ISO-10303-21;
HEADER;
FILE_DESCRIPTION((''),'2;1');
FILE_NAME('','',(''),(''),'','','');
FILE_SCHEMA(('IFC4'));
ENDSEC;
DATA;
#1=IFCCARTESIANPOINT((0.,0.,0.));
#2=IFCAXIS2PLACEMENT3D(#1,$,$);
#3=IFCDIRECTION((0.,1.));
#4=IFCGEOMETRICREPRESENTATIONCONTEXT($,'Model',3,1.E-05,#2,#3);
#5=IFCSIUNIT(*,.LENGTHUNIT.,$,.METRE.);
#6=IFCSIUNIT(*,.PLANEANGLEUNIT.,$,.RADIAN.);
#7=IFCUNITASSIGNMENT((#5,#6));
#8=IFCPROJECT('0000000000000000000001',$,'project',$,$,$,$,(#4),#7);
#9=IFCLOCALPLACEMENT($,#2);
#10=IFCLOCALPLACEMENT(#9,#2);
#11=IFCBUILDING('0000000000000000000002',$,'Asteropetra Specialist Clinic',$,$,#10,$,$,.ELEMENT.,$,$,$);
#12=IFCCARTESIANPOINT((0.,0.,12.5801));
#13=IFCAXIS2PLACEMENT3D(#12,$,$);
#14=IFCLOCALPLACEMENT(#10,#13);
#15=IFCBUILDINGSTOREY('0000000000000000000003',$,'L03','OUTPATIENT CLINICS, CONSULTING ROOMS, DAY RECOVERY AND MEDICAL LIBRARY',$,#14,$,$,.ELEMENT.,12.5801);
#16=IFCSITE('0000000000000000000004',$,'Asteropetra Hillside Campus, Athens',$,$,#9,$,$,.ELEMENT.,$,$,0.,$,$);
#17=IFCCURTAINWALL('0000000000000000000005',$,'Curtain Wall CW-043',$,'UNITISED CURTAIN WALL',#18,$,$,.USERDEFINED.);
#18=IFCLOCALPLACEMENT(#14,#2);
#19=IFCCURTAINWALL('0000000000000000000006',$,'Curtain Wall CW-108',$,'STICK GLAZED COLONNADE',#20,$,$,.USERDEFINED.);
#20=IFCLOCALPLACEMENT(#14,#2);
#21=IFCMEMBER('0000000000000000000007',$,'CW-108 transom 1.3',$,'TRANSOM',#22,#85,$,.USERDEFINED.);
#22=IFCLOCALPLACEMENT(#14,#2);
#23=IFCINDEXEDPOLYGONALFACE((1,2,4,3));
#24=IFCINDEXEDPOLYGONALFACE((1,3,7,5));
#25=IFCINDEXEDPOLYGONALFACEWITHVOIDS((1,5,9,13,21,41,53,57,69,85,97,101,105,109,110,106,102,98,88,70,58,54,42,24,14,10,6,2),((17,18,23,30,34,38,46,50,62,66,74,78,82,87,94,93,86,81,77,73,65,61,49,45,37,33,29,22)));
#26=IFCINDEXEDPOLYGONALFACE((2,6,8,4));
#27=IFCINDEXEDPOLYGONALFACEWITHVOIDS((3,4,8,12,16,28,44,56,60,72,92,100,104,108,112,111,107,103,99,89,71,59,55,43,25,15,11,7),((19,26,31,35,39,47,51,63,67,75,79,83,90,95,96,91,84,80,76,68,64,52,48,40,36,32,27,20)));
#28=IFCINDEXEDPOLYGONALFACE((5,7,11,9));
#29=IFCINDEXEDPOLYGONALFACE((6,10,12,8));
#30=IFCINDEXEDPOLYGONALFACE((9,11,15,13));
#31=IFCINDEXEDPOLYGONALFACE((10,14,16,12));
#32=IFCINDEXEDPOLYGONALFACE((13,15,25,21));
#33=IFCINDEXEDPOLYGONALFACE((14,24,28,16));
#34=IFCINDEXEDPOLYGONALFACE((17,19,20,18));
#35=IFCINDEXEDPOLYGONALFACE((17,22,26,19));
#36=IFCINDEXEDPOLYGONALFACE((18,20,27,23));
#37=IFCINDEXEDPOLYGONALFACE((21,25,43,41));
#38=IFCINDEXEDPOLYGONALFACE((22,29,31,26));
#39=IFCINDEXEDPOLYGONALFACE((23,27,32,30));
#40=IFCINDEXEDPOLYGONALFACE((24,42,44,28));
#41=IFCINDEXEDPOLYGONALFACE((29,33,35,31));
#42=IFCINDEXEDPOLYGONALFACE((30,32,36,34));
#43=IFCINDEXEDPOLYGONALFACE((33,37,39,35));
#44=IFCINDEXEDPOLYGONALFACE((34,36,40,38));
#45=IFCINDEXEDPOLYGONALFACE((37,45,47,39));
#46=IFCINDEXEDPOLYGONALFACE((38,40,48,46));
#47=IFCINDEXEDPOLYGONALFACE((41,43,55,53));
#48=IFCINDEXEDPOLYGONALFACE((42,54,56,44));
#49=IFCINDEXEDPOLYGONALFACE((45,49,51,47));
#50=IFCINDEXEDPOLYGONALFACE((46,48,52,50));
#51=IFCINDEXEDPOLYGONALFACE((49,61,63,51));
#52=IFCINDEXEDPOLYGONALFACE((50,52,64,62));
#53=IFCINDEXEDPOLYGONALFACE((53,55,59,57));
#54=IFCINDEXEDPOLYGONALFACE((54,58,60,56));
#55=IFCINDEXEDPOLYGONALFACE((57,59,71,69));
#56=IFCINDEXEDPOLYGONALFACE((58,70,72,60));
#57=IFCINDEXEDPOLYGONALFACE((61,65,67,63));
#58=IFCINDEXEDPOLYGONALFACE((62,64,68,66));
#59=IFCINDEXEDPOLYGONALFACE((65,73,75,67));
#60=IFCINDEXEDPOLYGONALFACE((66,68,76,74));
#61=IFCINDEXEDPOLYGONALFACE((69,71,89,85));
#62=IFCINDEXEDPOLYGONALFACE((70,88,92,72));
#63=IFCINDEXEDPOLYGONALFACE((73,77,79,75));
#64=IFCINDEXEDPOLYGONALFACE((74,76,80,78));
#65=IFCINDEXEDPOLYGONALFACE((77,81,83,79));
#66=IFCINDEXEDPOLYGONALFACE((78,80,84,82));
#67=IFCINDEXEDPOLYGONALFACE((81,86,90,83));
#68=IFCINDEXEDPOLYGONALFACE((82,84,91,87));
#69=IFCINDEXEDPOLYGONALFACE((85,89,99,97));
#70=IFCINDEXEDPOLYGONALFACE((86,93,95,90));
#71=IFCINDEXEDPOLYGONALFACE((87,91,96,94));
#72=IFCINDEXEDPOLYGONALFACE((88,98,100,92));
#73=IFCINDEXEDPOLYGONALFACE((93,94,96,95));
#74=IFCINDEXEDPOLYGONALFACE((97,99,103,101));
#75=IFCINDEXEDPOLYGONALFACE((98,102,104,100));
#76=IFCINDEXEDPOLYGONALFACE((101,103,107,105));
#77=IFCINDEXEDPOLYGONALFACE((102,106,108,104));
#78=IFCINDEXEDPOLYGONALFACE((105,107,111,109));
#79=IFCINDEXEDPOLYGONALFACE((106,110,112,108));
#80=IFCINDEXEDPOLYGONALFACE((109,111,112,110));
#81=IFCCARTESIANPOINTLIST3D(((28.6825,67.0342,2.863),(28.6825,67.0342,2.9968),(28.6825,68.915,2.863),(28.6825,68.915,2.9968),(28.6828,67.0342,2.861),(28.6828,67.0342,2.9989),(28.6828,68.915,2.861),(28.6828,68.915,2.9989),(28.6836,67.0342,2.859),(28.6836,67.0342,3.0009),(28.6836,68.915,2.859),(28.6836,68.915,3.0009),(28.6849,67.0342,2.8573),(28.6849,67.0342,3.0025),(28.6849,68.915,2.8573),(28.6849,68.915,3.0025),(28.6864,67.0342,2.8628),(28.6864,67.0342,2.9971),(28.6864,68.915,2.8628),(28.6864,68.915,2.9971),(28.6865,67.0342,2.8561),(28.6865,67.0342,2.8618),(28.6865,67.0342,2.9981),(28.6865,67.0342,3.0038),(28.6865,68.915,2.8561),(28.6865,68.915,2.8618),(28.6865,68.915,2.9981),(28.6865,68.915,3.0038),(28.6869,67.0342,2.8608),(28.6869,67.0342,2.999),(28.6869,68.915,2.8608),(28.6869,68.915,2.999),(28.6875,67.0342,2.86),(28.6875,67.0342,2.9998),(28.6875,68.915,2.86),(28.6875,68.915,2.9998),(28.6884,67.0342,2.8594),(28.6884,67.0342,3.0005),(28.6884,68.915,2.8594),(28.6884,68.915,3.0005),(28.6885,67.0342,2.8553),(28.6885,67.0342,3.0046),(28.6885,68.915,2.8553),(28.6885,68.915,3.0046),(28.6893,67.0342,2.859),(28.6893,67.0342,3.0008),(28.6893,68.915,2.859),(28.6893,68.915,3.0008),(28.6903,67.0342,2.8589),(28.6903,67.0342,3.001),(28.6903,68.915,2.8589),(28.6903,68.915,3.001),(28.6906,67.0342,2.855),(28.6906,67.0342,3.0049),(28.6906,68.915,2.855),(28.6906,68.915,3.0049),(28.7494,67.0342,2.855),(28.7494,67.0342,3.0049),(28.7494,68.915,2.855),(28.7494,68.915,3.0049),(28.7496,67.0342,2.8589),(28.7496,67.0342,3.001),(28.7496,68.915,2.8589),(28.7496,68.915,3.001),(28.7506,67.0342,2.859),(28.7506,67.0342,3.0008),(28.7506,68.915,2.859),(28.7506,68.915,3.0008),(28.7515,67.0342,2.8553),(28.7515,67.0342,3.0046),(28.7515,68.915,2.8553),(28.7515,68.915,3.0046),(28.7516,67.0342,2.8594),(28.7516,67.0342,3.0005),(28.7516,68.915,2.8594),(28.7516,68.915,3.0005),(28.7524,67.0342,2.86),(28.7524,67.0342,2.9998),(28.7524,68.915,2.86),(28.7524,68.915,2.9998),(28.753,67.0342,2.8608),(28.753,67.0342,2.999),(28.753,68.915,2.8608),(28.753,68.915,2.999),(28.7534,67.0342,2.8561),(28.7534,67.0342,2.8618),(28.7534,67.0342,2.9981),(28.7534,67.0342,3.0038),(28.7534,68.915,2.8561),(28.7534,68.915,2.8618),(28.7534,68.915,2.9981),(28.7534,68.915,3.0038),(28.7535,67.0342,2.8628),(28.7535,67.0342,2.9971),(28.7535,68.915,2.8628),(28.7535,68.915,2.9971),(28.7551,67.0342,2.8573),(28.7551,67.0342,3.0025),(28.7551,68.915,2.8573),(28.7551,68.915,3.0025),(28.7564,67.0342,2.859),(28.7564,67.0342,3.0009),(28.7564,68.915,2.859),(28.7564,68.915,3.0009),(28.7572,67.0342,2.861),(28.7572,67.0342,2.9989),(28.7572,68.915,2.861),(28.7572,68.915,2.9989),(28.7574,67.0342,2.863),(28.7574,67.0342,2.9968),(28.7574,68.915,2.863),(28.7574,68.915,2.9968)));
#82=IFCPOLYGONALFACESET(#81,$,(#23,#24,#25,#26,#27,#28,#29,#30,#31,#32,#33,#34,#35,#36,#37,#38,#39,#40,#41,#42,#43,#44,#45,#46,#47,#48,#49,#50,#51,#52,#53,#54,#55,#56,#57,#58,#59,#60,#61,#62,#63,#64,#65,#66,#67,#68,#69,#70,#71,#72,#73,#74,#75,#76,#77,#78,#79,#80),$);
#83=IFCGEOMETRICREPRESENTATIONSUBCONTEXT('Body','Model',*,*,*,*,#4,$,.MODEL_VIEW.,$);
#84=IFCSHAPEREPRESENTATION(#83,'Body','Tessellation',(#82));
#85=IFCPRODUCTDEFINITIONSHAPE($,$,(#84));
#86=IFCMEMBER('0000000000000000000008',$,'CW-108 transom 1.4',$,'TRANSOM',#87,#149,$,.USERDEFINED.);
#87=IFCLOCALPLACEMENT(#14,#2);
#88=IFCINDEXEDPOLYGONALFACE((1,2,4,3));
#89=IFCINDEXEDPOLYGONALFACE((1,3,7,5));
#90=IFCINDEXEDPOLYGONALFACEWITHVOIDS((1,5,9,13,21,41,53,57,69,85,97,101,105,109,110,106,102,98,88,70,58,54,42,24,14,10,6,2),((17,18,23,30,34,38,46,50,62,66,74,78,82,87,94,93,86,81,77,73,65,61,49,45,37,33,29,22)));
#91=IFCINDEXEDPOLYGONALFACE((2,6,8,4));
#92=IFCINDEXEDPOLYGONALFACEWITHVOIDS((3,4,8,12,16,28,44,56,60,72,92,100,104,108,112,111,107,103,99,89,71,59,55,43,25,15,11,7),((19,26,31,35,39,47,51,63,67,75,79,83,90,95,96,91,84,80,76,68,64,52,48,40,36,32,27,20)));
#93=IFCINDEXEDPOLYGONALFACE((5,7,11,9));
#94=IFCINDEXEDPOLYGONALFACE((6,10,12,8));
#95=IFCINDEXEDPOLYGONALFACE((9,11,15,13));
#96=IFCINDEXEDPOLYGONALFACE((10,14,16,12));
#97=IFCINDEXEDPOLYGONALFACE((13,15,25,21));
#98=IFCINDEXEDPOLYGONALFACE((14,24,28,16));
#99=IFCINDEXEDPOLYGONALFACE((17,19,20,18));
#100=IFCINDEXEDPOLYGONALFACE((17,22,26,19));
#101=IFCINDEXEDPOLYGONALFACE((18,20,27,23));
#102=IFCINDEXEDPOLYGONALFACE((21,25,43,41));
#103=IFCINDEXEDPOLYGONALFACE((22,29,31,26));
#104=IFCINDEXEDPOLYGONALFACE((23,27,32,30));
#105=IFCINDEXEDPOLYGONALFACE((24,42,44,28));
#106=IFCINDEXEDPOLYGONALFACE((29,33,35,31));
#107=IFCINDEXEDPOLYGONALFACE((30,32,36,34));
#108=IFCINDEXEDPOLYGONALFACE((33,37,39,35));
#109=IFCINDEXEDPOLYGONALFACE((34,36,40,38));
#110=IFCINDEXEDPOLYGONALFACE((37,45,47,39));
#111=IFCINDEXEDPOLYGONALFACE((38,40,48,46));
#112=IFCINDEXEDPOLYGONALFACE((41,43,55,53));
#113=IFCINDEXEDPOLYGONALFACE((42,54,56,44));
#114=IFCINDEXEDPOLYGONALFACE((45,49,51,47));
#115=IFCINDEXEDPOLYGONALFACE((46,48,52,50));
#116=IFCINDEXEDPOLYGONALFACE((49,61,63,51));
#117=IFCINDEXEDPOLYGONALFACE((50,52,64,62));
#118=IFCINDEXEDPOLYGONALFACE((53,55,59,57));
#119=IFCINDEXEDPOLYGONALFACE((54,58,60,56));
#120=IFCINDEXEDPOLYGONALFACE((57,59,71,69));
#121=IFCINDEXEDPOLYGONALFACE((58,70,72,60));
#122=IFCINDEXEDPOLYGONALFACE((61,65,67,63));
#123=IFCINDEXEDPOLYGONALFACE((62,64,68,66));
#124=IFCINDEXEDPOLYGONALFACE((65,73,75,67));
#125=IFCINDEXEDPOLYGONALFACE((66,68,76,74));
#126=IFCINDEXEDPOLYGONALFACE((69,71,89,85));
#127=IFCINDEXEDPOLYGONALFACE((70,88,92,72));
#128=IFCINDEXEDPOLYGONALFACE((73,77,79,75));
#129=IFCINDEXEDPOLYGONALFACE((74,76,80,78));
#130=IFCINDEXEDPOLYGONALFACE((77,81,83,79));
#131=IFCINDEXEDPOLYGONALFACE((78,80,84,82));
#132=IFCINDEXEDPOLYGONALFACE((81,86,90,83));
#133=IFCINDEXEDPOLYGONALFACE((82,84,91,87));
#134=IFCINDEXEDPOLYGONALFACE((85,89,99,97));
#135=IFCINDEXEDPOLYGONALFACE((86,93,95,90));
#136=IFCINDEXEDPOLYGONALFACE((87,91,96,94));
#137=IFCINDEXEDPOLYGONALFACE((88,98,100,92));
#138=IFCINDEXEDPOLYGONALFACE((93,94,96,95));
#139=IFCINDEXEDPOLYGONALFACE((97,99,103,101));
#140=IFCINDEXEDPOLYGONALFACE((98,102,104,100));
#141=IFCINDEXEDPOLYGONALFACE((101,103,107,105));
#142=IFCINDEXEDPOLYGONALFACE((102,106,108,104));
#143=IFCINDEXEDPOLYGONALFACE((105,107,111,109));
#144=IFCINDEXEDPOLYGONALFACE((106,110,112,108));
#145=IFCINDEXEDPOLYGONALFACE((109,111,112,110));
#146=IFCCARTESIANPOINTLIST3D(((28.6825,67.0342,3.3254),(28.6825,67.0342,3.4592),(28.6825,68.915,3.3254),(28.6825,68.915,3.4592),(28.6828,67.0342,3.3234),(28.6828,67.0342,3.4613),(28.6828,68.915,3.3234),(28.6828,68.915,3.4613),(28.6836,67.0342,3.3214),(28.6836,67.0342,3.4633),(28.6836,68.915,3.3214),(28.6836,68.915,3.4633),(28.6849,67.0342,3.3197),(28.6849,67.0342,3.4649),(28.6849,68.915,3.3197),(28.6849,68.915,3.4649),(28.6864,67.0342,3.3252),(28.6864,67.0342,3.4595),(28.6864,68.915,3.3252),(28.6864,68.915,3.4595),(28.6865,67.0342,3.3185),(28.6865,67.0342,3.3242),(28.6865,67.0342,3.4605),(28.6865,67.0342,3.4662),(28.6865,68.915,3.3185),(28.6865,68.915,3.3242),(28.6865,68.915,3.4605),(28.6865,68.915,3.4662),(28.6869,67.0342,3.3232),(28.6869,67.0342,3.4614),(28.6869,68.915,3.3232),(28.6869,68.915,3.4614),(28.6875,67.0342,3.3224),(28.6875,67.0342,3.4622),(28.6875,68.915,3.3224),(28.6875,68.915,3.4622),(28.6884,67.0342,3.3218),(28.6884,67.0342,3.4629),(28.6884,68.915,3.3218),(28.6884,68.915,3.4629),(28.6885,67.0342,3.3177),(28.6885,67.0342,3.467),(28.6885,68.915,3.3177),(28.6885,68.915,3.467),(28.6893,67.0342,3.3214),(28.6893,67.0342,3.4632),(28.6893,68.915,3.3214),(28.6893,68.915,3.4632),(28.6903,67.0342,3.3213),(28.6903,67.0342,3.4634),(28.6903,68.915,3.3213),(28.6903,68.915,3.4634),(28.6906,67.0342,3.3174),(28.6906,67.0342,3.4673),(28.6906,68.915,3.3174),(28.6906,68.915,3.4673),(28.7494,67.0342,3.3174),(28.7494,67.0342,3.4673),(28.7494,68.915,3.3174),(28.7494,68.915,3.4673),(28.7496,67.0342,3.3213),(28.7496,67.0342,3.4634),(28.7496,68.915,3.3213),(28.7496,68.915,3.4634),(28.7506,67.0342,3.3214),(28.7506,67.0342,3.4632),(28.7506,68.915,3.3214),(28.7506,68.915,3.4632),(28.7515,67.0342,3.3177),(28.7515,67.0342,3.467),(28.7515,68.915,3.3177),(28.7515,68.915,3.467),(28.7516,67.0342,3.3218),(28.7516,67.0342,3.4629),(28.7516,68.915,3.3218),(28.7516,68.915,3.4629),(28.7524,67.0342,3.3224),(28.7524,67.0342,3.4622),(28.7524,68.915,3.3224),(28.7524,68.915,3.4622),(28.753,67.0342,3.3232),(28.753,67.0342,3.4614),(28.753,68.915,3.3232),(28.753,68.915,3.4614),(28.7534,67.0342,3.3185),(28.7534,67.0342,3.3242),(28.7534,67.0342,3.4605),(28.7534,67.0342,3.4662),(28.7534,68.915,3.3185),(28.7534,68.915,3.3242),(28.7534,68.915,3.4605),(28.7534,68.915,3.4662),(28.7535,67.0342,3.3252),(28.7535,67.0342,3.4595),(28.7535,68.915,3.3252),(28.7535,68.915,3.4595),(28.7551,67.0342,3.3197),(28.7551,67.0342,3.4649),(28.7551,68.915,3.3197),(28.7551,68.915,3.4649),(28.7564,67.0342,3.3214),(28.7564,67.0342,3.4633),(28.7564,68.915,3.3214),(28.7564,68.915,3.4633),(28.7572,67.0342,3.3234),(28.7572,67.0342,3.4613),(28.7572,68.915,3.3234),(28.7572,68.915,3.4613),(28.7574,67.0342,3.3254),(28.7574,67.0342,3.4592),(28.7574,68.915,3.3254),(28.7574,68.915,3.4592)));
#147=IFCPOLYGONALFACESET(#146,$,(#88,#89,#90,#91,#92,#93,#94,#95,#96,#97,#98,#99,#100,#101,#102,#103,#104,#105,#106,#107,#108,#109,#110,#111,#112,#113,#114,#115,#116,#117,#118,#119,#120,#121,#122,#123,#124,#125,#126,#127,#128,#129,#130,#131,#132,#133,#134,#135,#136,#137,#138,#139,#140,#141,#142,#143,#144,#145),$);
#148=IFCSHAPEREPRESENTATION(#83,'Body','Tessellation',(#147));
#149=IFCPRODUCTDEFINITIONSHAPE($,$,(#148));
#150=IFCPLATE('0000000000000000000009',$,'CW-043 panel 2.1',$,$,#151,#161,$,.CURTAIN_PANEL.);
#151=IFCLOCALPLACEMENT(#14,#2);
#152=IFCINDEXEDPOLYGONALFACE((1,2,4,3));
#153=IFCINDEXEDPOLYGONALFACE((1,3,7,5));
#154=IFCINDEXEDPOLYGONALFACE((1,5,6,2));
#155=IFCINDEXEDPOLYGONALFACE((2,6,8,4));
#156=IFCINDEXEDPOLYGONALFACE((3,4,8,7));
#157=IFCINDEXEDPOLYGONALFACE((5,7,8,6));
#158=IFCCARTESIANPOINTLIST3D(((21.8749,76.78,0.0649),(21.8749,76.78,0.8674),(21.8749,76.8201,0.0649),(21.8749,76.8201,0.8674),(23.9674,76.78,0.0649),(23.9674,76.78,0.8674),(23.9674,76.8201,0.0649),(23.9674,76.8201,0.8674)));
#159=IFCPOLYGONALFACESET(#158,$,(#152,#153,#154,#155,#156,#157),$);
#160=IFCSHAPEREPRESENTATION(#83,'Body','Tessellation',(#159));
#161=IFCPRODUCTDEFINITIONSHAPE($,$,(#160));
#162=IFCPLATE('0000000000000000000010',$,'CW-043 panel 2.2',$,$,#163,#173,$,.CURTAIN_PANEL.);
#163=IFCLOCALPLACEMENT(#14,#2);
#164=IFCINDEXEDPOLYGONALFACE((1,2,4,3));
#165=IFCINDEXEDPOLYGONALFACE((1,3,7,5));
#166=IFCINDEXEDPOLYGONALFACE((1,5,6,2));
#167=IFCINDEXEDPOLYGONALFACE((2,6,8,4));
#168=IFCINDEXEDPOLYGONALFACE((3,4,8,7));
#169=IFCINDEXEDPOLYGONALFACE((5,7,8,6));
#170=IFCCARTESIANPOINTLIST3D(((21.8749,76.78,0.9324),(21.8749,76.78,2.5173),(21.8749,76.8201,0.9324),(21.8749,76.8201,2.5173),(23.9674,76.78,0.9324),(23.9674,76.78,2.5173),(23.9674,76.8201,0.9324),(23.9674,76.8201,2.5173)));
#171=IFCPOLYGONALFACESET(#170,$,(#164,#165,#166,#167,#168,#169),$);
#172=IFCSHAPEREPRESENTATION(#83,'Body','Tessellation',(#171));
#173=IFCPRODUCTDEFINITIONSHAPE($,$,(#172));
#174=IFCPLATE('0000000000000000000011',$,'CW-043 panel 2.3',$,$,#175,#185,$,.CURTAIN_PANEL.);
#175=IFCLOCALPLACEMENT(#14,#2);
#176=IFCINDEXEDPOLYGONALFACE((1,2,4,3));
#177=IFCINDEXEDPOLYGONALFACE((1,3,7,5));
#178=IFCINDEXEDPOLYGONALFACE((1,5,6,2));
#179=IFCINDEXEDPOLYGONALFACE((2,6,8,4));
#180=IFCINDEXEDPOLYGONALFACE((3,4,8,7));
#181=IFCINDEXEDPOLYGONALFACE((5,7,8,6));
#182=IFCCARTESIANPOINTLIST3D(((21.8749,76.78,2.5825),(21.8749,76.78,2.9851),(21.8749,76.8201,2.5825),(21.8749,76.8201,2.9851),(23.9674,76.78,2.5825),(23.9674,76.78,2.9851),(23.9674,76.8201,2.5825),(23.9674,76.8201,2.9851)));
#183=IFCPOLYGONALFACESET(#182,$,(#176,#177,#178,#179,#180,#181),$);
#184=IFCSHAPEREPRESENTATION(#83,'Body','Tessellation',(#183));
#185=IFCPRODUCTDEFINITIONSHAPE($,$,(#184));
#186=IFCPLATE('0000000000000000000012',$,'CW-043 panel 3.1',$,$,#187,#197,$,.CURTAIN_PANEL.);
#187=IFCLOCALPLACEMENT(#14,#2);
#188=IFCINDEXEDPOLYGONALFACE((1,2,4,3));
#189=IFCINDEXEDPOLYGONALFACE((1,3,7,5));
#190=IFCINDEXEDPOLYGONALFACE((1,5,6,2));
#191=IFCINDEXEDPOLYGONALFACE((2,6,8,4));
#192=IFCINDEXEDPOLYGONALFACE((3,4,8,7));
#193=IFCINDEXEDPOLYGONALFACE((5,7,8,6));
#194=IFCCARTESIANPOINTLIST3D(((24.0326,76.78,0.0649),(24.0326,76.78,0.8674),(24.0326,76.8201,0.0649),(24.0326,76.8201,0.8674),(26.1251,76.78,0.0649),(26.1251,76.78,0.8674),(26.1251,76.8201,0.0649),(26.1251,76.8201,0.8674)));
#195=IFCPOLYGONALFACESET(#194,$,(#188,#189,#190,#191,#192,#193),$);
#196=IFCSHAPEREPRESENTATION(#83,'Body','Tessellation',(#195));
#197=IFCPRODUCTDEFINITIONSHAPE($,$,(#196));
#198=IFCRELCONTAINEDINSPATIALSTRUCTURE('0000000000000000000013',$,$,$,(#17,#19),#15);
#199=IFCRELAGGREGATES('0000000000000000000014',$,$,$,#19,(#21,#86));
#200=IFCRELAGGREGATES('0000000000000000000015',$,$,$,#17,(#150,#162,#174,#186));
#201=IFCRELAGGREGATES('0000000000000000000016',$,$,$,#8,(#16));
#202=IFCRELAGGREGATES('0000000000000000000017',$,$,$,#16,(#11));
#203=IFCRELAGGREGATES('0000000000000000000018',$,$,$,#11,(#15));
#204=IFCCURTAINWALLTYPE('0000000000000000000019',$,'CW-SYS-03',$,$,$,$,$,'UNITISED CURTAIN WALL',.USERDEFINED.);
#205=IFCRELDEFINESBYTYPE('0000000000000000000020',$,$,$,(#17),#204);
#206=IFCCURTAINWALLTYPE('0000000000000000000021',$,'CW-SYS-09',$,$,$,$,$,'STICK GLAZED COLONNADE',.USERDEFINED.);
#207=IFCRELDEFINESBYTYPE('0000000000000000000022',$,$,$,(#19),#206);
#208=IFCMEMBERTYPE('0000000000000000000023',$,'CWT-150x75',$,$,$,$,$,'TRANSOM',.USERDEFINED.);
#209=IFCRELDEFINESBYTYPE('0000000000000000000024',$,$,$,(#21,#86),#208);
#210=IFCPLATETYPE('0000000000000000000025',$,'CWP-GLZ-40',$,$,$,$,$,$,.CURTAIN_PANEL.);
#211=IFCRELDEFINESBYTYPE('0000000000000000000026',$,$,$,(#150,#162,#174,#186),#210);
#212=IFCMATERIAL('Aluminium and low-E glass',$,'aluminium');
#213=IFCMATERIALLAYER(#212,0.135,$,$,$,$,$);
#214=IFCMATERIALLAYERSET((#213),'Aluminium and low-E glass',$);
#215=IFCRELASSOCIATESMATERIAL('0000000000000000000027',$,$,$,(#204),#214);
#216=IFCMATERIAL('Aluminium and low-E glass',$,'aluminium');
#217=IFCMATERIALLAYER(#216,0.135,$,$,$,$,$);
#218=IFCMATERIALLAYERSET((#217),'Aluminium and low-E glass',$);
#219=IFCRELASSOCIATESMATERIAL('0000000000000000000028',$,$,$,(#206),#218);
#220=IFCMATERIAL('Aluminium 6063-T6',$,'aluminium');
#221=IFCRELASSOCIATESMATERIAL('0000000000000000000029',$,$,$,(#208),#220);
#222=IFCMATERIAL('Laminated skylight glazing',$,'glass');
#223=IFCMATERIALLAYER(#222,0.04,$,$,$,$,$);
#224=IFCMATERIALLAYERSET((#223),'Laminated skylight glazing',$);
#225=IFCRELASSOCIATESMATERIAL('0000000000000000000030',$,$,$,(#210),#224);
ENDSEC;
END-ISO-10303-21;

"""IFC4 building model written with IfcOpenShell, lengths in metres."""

from ifc_helpers import new_model, si_unit, direction, frame, origin, origin_2d, place, context, subcontext, project, spatial, rectangle, hollow_rectangle, extrude, material, layer, layer_set, material_profile, profile_set, type_object, element, aggregate, save


model = new_model("IFC4")

# Units and contexts
model_context = context("Model", 3, precision=1e-05, world=origin(), true_north=direction((0.0, 1.0)))
body_context = subcontext(model_context, "Body", "Model", "MODEL_VIEW")
ifc_project = project(units=[si_unit("LENGTHUNIT", "METRE"), si_unit("PLANEANGLEUNIT", "RADIAN")], contexts=[model_context])

# Site, building, storey
site_placement = place(None, origin())
site = spatial("IfcSite", under=ifc_project, at=site_placement, Name="Asteropetra Hillside Campus, Athens", CompositionType="ELEMENT", RefElevation=0.0)
building_placement = place(site_placement, origin())
building = spatial("IfcBuilding", under=site, at=building_placement, Name="Asteropetra Specialist Clinic", CompositionType="ELEMENT")
storey_placement = place(building_placement, frame((0.0, 0.0, 12.5801)))
storey = spatial("IfcBuildingStorey", under=building, at=storey_placement, Name="L03", Description="OUTPATIENT CLINICS, CONSULTING ROOMS, DAY RECOVERY AND MEDICAL LIBRARY", CompositionType="ELEMENT", Elevation=12.5801)

# Curtain wall
ifc_material_1 = material(Name="Aluminium and low-E glass", Category="aluminium")
ifc_layer_1 = layer(ifc_material_1, 0.135)
ifc_layer_set_1 = layer_set([ifc_layer_1], Name="Aluminium and low-E glass")
curtain_wall_type_1 = type_object("IfcCurtainWallType", Name="CW-SYS-03", ElementType="UNITISED CURTAIN WALL", PredefinedType="USERDEFINED", material=ifc_layer_set_1)
curtain_wall_1_placement = place(storey_placement, origin())
curtain_wall_1 = element("IfcCurtainWall", 1, at=curtain_wall_1_placement, inside=storey, type_object=curtain_wall_type_1, Name="Curtain Wall CW-043", ObjectType="UNITISED CURTAIN WALL", PredefinedType="USERDEFINED")

# Curtain wall
ifc_material_2 = material(Name="Aluminium and low-E glass", Category="aluminium")
ifc_layer_2 = layer(ifc_material_2, 0.135)
ifc_layer_set_2 = layer_set([ifc_layer_2], Name="Aluminium and low-E glass")
curtain_wall_type_2 = type_object("IfcCurtainWallType", Name="CW-SYS-09", ElementType="STICK GLAZED COLONNADE", PredefinedType="USERDEFINED", material=ifc_layer_set_2)
curtain_wall_2_placement = place(storey_placement, origin())
curtain_wall_2 = element("IfcCurtainWall", 2, at=curtain_wall_2_placement, inside=storey, type_object=curtain_wall_type_2, Name="Curtain Wall CW-108", ObjectType="STICK GLAZED COLONNADE", PredefinedType="USERDEFINED")

# Members
ifc_material_3 = material(Name="Aluminium 6063-T6", Category="aluminium")
ifc_material_profile_1 = material_profile(ifc_material_3, hollow_rectangle(XDim=0.075, YDim=0.1499, WallThickness=0.0039, InnerFilletRadius=0.0039, OuterFilletRadius=0.0081, at=origin_2d()), Name="TRN 150x75x4.0")
ifc_profile_set_1 = profile_set([ifc_material_profile_1], Name="Aluminium 6063-T6")
member_type_1 = type_object("IfcMemberType", Name="CWT-150x75", ElementType="TRANSOM", PredefinedType="USERDEFINED", material=ifc_profile_set_1)
member_1_placement = place(storey_placement, frame((28.72, 68.915, 2.9299), z_axis=(0.0, -1.0, 0.0), x_axis=(1.0, 0.0, 0.0)))
member_1 = element("IfcMember", 3, at=member_1_placement, type_object=member_type_1, Name="CW-108 transom 1.3", ObjectType="TRANSOM", PredefinedType="USERDEFINED", context=body_context, shape_type="SweptSolid", body=[
    extrude(hollow_rectangle(XDim=0.075, YDim=0.1499, WallThickness=0.0039, InnerFilletRadius=0.0039, OuterFilletRadius=0.0081, at=origin_2d()), origin(), (0.0, 0.0, 1.0), 1.8809),
])
member_2_placement = place(storey_placement, frame((28.72, 68.915, 3.3923), z_axis=(0.0, -1.0, 0.0), x_axis=(1.0, 0.0, 0.0)))
member_2 = element("IfcMember", 4, at=member_2_placement, type_object=member_type_1, Name="CW-108 transom 1.4", ObjectType="TRANSOM", PredefinedType="USERDEFINED", context=body_context, shape_type="SweptSolid", body=[
    extrude(hollow_rectangle(XDim=0.075, YDim=0.1499, WallThickness=0.0039, InnerFilletRadius=0.0039, OuterFilletRadius=0.0081, at=origin_2d()), origin(), (0.0, 0.0, 1.0), 1.8809),
])
aggregate(curtain_wall_2, [member_1, member_2])

# Plates
ifc_material_4 = material(Name="Laminated skylight glazing", Category="glass")
ifc_layer_3 = layer(ifc_material_4, 0.04)
ifc_layer_set_3 = layer_set([ifc_layer_3], Name="Laminated skylight glazing")
plate_type = type_object("IfcPlateType", Name="CWP-GLZ-40", PredefinedType="CURTAIN_PANEL", material=ifc_layer_set_3)
plate_1_placement = place(storey_placement, frame((22.9211, 76.8, 0.0649), z_axis=(0.0, 0.0, 1.0), x_axis=(1.0, 0.0, 0.0)))
plate_1 = element("IfcPlate", 5, at=plate_1_placement, type_object=plate_type, Name="CW-043 panel 2.1", PredefinedType="CURTAIN_PANEL", context=body_context, shape_type="SweptSolid", body=[
    extrude(rectangle(XDim=2.0925, YDim=0.04, at=origin_2d()), origin(), (0.0, 0.0, 1.0), 0.8025),
])
plate_2_placement = place(storey_placement, frame((22.9211, 76.8, 0.9324), z_axis=(0.0, 0.0, 1.0), x_axis=(1.0, 0.0, 0.0)))
plate_2 = element("IfcPlate", 6, at=plate_2_placement, type_object=plate_type, Name="CW-043 panel 2.2", PredefinedType="CURTAIN_PANEL", context=body_context, shape_type="SweptSolid", body=[
    extrude(rectangle(XDim=2.0925, YDim=0.04, at=origin_2d()), origin(), (0.0, 0.0, 1.0), 1.585),
])
plate_3_placement = place(storey_placement, frame((22.9211, 76.8, 2.5825), z_axis=(0.0, 0.0, 1.0), x_axis=(1.0, 0.0, 0.0)))
plate_3 = element("IfcPlate", 7, at=plate_3_placement, type_object=plate_type, Name="CW-043 panel 2.3", PredefinedType="CURTAIN_PANEL", context=body_context, shape_type="SweptSolid", body=[
    extrude(rectangle(XDim=2.0925, YDim=0.04, at=origin_2d()), origin(), (0.0, 0.0, 1.0), 0.4026),
])
plate_4_placement = place(storey_placement, frame((25.0789, 76.8, 0.0649), z_axis=(0.0, 0.0, 1.0), x_axis=(1.0, 0.0, 0.0)))
plate_4 = element("IfcPlate", 8, at=plate_4_placement, type_object=plate_type, Name="CW-043 panel 3.1", PredefinedType="CURTAIN_PANEL", context=body_context, shape_type="SweptSolid", body=[
    extrude(rectangle(XDim=2.0925, YDim=0.04, at=origin_2d()), origin(), (0.0, 0.0, 1.0), 0.8025),
])
aggregate(curtain_wall_1, [plate_1, plate_2, plate_3, plate_4])

save(model, "model.ifc")
